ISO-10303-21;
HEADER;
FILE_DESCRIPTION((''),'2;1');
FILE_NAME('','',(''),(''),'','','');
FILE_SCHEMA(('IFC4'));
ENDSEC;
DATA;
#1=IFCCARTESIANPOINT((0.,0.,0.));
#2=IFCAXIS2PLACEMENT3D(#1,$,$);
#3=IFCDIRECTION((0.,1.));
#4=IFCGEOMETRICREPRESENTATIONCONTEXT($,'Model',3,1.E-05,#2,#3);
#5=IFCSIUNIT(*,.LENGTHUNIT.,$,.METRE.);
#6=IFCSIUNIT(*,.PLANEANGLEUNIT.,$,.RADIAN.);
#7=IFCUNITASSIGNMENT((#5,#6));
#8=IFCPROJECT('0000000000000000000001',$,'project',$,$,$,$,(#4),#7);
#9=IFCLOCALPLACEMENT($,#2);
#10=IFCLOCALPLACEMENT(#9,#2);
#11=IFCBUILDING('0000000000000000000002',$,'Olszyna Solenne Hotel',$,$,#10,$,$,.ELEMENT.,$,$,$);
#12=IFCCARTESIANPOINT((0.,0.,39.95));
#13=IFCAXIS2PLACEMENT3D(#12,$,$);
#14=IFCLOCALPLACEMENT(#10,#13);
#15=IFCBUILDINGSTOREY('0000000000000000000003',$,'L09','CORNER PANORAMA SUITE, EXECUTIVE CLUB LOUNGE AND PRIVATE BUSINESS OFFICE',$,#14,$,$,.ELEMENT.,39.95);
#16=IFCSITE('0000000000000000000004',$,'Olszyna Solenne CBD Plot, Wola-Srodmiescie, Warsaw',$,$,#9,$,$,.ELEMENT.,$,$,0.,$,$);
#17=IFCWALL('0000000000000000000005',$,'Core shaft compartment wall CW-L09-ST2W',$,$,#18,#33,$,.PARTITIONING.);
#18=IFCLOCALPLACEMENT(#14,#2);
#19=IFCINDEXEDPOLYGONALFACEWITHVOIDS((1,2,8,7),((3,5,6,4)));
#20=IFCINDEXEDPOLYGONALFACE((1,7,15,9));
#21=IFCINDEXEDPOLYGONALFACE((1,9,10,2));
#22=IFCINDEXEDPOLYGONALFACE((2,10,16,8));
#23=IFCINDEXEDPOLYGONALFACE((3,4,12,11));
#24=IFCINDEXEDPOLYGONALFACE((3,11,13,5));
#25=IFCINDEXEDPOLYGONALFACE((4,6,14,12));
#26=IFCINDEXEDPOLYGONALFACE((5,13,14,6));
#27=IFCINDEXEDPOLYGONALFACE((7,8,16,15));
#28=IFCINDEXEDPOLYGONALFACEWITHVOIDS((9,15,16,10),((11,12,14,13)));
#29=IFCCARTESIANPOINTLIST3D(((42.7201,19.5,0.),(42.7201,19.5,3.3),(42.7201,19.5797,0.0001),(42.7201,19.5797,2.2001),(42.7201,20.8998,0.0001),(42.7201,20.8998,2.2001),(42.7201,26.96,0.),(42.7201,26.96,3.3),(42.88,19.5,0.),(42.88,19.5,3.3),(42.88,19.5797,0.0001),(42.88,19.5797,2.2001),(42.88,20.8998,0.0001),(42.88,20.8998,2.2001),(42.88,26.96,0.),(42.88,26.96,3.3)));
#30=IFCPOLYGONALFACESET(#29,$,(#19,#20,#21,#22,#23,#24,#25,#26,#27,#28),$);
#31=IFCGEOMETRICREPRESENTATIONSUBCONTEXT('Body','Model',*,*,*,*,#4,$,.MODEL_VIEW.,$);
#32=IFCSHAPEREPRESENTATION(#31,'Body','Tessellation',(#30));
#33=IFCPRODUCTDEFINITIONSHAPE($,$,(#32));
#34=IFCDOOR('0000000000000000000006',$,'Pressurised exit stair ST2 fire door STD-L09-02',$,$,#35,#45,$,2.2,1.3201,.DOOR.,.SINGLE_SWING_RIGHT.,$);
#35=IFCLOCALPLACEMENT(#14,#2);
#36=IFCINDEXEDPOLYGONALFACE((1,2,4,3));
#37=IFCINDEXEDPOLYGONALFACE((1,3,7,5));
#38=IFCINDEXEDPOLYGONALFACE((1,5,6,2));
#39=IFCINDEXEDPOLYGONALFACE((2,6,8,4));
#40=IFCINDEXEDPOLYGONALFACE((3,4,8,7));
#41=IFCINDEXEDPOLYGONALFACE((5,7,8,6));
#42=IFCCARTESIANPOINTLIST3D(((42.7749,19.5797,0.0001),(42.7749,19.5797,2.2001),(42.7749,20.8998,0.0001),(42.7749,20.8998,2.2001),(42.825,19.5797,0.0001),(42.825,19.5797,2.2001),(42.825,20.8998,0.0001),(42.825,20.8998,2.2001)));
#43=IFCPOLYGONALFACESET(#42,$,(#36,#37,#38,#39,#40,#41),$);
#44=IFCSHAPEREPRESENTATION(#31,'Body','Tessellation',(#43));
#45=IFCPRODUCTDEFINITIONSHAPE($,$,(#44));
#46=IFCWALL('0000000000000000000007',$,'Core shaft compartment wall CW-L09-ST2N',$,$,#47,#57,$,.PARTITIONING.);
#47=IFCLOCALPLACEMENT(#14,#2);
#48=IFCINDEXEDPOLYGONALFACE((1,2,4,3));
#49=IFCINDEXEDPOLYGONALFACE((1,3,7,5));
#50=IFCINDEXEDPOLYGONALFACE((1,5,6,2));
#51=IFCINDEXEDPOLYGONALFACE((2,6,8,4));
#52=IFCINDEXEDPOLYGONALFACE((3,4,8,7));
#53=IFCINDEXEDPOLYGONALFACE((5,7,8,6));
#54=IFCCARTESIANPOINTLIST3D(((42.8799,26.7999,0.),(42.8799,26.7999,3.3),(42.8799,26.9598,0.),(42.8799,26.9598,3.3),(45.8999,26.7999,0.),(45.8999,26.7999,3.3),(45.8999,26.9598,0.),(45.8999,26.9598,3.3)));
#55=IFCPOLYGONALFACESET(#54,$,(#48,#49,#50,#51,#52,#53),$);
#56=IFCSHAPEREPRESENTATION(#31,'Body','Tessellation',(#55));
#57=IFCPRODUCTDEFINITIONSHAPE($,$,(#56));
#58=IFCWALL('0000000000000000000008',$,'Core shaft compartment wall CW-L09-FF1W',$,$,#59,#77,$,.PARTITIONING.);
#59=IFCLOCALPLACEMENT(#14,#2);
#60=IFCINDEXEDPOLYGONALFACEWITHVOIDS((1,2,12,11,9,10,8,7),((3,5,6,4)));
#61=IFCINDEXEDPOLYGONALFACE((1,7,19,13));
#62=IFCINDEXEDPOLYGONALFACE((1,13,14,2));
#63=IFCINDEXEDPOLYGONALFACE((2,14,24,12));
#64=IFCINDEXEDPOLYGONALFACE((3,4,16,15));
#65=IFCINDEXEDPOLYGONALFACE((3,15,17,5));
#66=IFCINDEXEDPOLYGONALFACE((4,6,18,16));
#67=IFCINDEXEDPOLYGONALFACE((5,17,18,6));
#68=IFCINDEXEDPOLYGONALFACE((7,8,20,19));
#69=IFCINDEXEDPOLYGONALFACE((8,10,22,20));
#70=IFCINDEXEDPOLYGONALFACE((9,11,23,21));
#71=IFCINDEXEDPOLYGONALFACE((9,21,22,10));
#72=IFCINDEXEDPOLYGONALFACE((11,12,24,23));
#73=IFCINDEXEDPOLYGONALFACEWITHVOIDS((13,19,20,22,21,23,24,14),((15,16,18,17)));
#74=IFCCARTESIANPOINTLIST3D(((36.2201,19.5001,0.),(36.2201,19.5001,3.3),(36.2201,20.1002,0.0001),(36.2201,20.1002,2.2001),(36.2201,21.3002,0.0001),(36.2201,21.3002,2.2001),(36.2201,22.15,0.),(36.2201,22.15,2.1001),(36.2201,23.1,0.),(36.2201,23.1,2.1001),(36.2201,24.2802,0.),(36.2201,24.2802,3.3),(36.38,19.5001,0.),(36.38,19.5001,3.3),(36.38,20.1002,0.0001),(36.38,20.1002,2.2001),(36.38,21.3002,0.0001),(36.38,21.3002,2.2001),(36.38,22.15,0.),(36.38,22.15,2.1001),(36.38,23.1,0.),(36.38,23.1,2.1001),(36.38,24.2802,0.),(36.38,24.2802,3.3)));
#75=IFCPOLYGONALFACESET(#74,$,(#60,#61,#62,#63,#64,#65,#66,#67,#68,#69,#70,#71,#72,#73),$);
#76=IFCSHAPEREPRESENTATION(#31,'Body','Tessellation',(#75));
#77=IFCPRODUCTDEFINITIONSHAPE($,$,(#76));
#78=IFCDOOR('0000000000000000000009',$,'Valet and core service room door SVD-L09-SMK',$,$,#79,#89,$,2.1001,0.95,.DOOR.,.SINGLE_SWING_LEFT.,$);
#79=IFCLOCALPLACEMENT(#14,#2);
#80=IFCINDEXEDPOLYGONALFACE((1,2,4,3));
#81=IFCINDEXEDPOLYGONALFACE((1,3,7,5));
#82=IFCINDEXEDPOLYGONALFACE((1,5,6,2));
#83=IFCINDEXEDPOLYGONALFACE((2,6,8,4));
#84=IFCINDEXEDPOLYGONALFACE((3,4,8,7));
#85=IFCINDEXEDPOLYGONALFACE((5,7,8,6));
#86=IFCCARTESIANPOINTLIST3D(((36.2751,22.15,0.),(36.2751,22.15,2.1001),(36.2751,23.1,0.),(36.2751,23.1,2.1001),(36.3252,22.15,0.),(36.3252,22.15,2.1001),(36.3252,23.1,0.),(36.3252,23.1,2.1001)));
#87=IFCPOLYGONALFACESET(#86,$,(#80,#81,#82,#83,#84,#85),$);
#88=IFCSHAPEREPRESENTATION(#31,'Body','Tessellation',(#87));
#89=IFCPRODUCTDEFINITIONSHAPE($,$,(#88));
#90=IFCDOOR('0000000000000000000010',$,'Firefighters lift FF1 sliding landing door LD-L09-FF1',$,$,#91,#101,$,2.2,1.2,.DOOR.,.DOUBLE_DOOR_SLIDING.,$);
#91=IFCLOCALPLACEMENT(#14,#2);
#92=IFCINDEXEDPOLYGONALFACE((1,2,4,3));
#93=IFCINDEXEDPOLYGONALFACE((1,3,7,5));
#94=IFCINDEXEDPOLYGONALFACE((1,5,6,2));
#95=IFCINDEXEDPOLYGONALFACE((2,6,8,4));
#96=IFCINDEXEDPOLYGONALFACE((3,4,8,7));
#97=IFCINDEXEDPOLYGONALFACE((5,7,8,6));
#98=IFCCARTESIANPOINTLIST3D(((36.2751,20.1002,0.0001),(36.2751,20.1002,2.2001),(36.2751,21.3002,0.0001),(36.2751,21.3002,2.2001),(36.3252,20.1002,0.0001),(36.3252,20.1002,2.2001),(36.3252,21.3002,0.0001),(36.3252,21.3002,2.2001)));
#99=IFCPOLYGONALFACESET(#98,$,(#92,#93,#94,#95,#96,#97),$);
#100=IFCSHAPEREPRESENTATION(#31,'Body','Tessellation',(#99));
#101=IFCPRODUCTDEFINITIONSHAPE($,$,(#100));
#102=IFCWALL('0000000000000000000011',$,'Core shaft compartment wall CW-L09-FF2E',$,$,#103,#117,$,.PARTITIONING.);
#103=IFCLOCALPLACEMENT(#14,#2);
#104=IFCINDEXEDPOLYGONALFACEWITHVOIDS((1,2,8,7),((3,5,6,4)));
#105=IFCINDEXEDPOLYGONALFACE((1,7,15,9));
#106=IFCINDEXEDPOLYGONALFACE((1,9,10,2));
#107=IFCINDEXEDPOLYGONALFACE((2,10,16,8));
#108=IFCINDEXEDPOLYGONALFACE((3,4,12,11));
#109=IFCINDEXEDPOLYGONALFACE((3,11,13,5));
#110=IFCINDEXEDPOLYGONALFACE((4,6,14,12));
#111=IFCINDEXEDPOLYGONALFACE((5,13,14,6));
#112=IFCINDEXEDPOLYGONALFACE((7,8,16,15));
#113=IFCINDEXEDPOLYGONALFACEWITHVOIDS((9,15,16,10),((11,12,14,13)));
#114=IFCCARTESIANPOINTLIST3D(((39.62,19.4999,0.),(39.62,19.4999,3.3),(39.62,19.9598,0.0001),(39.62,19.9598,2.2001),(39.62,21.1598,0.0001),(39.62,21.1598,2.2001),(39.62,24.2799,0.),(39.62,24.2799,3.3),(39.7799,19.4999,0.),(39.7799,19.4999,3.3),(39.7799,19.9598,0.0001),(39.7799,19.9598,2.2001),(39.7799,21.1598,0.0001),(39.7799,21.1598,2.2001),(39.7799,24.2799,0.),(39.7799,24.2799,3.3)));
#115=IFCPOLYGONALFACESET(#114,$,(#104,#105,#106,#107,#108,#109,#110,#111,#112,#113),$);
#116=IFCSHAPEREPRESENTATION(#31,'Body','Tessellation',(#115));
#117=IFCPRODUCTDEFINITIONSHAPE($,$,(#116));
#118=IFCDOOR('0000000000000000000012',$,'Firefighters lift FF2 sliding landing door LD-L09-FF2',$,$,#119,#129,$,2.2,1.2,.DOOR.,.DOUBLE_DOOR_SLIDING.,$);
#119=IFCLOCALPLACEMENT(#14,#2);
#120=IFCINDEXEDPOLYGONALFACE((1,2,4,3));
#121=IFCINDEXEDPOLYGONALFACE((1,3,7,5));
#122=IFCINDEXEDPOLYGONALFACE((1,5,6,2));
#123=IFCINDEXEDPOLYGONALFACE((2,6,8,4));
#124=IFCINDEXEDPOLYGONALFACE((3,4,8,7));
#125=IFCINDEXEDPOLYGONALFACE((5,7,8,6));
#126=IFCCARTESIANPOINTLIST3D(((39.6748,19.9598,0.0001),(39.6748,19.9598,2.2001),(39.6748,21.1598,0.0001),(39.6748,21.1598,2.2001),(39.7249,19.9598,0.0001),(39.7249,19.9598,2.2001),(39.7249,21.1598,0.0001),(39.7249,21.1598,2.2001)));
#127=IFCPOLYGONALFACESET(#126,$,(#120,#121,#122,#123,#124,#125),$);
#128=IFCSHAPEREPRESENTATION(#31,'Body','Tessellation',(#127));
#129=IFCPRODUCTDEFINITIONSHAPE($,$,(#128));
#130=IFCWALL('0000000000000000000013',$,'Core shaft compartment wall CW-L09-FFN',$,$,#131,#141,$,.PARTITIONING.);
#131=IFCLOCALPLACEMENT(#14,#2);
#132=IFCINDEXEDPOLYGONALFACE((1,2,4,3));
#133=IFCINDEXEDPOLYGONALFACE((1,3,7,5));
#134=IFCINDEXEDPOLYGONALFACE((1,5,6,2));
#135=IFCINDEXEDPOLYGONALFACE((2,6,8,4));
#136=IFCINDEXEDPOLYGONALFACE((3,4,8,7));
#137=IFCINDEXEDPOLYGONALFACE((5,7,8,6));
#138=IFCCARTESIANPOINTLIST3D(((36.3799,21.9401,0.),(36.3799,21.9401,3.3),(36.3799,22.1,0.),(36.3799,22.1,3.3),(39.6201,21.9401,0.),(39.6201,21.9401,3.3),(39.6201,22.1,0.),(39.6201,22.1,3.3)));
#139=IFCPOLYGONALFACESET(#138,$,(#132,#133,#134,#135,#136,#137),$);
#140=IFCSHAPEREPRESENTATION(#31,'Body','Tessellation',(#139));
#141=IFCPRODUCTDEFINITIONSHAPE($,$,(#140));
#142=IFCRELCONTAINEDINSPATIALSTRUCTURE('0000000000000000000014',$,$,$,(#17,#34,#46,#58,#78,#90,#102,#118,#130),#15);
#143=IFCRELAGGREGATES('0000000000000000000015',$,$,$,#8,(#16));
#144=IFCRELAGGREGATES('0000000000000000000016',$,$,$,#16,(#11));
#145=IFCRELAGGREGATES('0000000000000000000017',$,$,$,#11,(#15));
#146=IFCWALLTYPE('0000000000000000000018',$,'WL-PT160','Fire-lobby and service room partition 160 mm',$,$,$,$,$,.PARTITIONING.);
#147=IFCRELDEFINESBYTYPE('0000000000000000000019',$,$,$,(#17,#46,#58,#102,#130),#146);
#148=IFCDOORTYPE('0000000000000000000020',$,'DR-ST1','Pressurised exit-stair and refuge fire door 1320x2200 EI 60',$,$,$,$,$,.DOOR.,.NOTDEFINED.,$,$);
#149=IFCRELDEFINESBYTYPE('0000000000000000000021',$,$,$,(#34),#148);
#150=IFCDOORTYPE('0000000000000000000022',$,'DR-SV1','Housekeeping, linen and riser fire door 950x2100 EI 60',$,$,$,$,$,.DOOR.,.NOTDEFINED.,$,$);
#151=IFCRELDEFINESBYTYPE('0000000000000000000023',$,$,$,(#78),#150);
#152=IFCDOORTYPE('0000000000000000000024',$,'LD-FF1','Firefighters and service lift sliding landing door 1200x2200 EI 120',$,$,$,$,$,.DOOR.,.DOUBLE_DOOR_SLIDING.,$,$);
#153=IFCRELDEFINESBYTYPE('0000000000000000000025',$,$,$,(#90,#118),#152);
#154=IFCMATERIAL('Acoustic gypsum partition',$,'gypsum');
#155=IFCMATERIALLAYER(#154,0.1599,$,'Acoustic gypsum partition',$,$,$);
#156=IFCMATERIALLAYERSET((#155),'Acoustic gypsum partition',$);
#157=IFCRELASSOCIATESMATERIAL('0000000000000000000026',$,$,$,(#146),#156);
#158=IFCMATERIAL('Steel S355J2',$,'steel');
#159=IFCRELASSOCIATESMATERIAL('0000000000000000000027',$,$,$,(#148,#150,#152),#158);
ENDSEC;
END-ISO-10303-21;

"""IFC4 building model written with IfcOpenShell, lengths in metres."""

from ifc_helpers import new_model, si_unit, direction, frame, frame_2d, origin, place, context, subcontext, project, spatial, rectangle, extrude, source, transform, mapped, material, layer, layer_set, type_object, type_shapes, element, fill, save


model = new_model("IFC4")

# Units and contexts
model_context = context("Model", 3, precision=1e-05, world=origin(), true_north=direction((0.0, 1.0)))
body_context = subcontext(model_context, "Body", "Model", "MODEL_VIEW")
ifc_project = project(units=[si_unit("LENGTHUNIT", "METRE"), si_unit("PLANEANGLEUNIT", "RADIAN")], contexts=[model_context])

# Site, building, storey
site_placement = place(None, origin())
site = spatial("IfcSite", under=ifc_project, at=site_placement, Name="Olszyna Solenne CBD Plot, Wola-Srodmiescie, Warsaw", CompositionType="ELEMENT", RefElevation=0.0)
building_placement = place(site_placement, origin())
building = spatial("IfcBuilding", under=site, at=building_placement, Name="Olszyna Solenne Hotel", CompositionType="ELEMENT")
storey_placement = place(building_placement, frame((0.0, 0.0, 39.95)))
storey = spatial("IfcBuildingStorey", under=building, at=storey_placement, Name="L09", Description="CORNER PANORAMA SUITE, EXECUTIVE CLUB LOUNGE AND PRIVATE BUSINESS OFFICE", CompositionType="ELEMENT", Elevation=39.95)

# Shared definitions
ifc_material_1 = material(Name="Steel S355J2", Category="steel")

# Shared definitions
ifc_material_2 = material(Name="Acoustic gypsum partition", Category="gypsum")

# Wall, opening, door
ifc_layer_1 = layer(ifc_material_2, 0.1599, Name="Acoustic gypsum partition")
ifc_layer_set_1 = layer_set([ifc_layer_1], Name="Acoustic gypsum partition")
wall_type_1 = type_object("IfcWallType", Name="WL-PT160", Description="Fire-lobby and service room partition 160 mm", PredefinedType="PARTITIONING", material=ifc_layer_set_1)
wall_1_placement = place(storey_placement, frame((42.8, 26.96, 0.0), z_axis=(0.0, 0.0, 1.0), x_axis=(0.0, -1.0, 0.0)))
wall_1 = element("IfcWall", 1, at=wall_1_placement, inside=storey, type_object=wall_type_1, Name="Core shaft compartment wall CW-L09-ST2W", PredefinedType="PARTITIONING", context=body_context, shape_type="SweptSolid", body=[
    extrude(rectangle(XDim=7.46, YDim=0.1599, at=frame_2d((3.73, 0.0))), origin(), (0.0, 0.0, 1.0), 3.3),
])
opening_1_placement = place(wall_1_placement, frame((6.0601, 0.0, 0.0)))
opening_1 = element("IfcOpeningElement", 2, at=opening_1_placement, cuts=wall_1, PredefinedType="OPENING", context=body_context, shape_type="SweptSolid", body=[
    extrude(rectangle(XDim=1.3201, YDim=2.2, at=frame_2d((0.6602, 1.1001))), frame((0.0, 0.0898, 0.0), z_axis=(0.0, -1.0, 0.0), x_axis=(1.0, 0.0, 0.0)), (0.0, 0.0, 1.0), 0.1799),
])
door_type_1 = type_object("IfcDoorType", Name="DR-ST1", Description="Pressurised exit-stair and refuge fire door 1320x2200 EI 60", OperationType="NOTDEFINED", PredefinedType="DOOR", material=ifc_material_1)
shared_shape_1 = source(origin(), body_context, "Body", "SweptSolid", [
    extrude(rectangle(XDim=1.3201, YDim=2.2, at=frame_2d((0.6602, 1.1001))), frame((0.0, 0.0249, 0.0), z_axis=(0.0, -1.0, 0.0), x_axis=(1.0, 0.0, 0.0)), (0.0, 0.0, 1.0), 0.05),
])
type_shapes(door_type_1, [shared_shape_1])
door_1_placement = place(opening_1_placement, origin())
door_1 = element("IfcDoor", 3, at=door_1_placement, inside=storey, type_object=door_type_1, Name="Pressurised exit stair ST2 fire door STD-L09-02", OperationType="SINGLE_SWING_RIGHT", OverallHeight=2.2, OverallWidth=1.3201, PredefinedType="DOOR", context=body_context, shape_type="MappedRepresentation", body=[
    mapped(shared_shape_1, transform((0.0, 0.0, 0.0), x_axis=(1.0, 0.0, 0.0), y_axis=(0.0, 1.0, 0.0), z_axis=(0.0, 0.0, 1.0), scale=1.0)),
])
fill(opening_1, door_1)

# Wall
wall_2_placement = place(storey_placement, frame((42.8799, 26.8799, 0.0), z_axis=(0.0, 0.0, 1.0), x_axis=(1.0, 0.0, 0.0)))
element("IfcWall", 4, at=wall_2_placement, inside=storey, type_object=wall_type_1, Name="Core shaft compartment wall CW-L09-ST2N", PredefinedType="PARTITIONING", context=body_context, shape_type="SweptSolid", body=[
    extrude(rectangle(XDim=3.02, YDim=0.1599, at=frame_2d((1.51, 0.0))), origin(), (0.0, 0.0, 1.0), 3.3),
])

# Wall, openings, doors
wall_3_placement = place(storey_placement, frame((36.3, 19.5, 0.0), z_axis=(0.0, 0.0, 1.0), x_axis=(0.0, 1.0, 0.0)))
wall_3 = element("IfcWall", 5, at=wall_3_placement, inside=storey, type_object=wall_type_1, Name="Core shaft compartment wall CW-L09-FF1W", PredefinedType="PARTITIONING", context=body_context, shape_type="SweptSolid", body=[
    extrude(rectangle(XDim=4.78, YDim=0.1599, at=frame_2d((2.3901, 0.0))), origin(), (0.0, 0.0, 1.0), 3.3),
])
opening_2_placement = place(wall_3_placement, frame((0.6001, 0.0, 0.0)))
opening_2 = element("IfcOpeningElement", 6, at=opening_2_placement, cuts=wall_3, PredefinedType="OPENING", context=body_context, shape_type="SweptSolid", body=[
    extrude(rectangle(XDim=1.2, YDim=2.2, at=frame_2d((0.6001, 1.1001))), frame((0.0, 0.0898, 0.0), z_axis=(0.0, -1.0, 0.0), x_axis=(1.0, 0.0, 0.0)), (0.0, 0.0, 1.0), 0.1799),
])
opening_3_placement = place(wall_3_placement, frame((2.6499, 0.0, 0.0)))
opening_3 = element("IfcOpeningElement", 7, at=opening_3_placement, cuts=wall_3, PredefinedType="OPENING", context=body_context, shape_type="SweptSolid", body=[
    extrude(rectangle(XDim=0.95, YDim=2.1001, at=frame_2d((0.4751, 1.05))), frame((0.0, 0.0898, 0.0), z_axis=(0.0, -1.0, 0.0), x_axis=(1.0, 0.0, 0.0)), (0.0, 0.0, 1.0), 0.1799),
])
door_type_2 = type_object("IfcDoorType", Name="DR-SV1", Description="Housekeeping, linen and riser fire door 950x2100 EI 60", OperationType="NOTDEFINED", PredefinedType="DOOR", material=ifc_material_1)
shared_shape_2 = source(origin(), body_context, "Body", "SweptSolid", [
    extrude(rectangle(XDim=0.95, YDim=2.1001, at=frame_2d((0.4751, 1.05))), frame((0.0, 0.0249, 0.0), z_axis=(0.0, -1.0, 0.0), x_axis=(1.0, 0.0, 0.0)), (0.0, 0.0, 1.0), 0.05),
])
type_shapes(door_type_2, [shared_shape_2])
door_2_placement = place(opening_3_placement, origin())
door_2 = element("IfcDoor", 8, at=door_2_placement, inside=storey, type_object=door_type_2, Name="Valet and core service room door SVD-L09-SMK", OperationType="SINGLE_SWING_LEFT", OverallHeight=2.1001, OverallWidth=0.95, PredefinedType="DOOR", context=body_context, shape_type="MappedRepresentation", body=[
    mapped(shared_shape_2, transform((0.0, 0.0, 0.0), x_axis=(1.0, 0.0, 0.0), y_axis=(0.0, 1.0, 0.0), z_axis=(0.0, 0.0, 1.0), scale=1.0)),
])
fill(opening_3, door_2)
door_type_3 = type_object("IfcDoorType", Name="LD-FF1", Description="Firefighters and service lift sliding landing door 1200x2200 EI 120", OperationType="DOUBLE_DOOR_SLIDING", PredefinedType="DOOR", material=ifc_material_1)
shared_shape_3 = source(origin(), body_context, "Body", "SweptSolid", [
    extrude(rectangle(XDim=1.2, YDim=2.2, at=frame_2d((0.6001, 1.1001))), frame((0.0, 0.0249, 0.0), z_axis=(0.0, -1.0, 0.0), x_axis=(1.0, 0.0, 0.0)), (0.0, 0.0, 1.0), 0.05),
])
type_shapes(door_type_3, [shared_shape_3])
door_3_placement = place(opening_2_placement, origin())
door_3 = element("IfcDoor", 9, at=door_3_placement, inside=storey, type_object=door_type_3, Name="Firefighters lift FF1 sliding landing door LD-L09-FF1", OperationType="DOUBLE_DOOR_SLIDING", OverallHeight=2.2, OverallWidth=1.2, PredefinedType="DOOR", context=body_context, shape_type="MappedRepresentation", body=[
    mapped(shared_shape_3, transform((0.0, 0.0, 0.0), x_axis=(1.0, 0.0, 0.0), y_axis=(0.0, 1.0, 0.0), z_axis=(0.0, 0.0, 1.0), scale=1.0)),
])
fill(opening_2, door_3)

# Wall, opening, door
wall_4_placement = place(storey_placement, frame((39.7, 24.28, 0.0), z_axis=(0.0, 0.0, 1.0), x_axis=(0.0, -1.0, 0.0)))
wall_4 = element("IfcWall", 10, at=wall_4_placement, inside=storey, type_object=wall_type_1, Name="Core shaft compartment wall CW-L09-FF2E", PredefinedType="PARTITIONING", context=body_context, shape_type="SweptSolid", body=[
    extrude(rectangle(XDim=4.78, YDim=0.1599, at=frame_2d((2.3901, 0.0))), origin(), (0.0, 0.0, 1.0), 3.3),
])
opening_4_placement = place(wall_4_placement, frame((3.1201, 0.0, 0.0)))
opening_4 = element("IfcOpeningElement", 11, at=opening_4_placement, cuts=wall_4, PredefinedType="OPENING", context=body_context, shape_type="SweptSolid", body=[
    extrude(rectangle(XDim=1.2, YDim=2.2, at=frame_2d((0.6001, 1.1001))), frame((0.0, 0.0898, 0.0), z_axis=(0.0, -1.0, 0.0), x_axis=(1.0, 0.0, 0.0)), (0.0, 0.0, 1.0), 0.1799),
])
door_4_placement = place(opening_4_placement, origin())
door_4 = element("IfcDoor", 12, at=door_4_placement, inside=storey, type_object=door_type_3, Name="Firefighters lift FF2 sliding landing door LD-L09-FF2", OperationType="DOUBLE_DOOR_SLIDING", OverallHeight=2.2, OverallWidth=1.2, PredefinedType="DOOR", context=body_context, shape_type="MappedRepresentation", body=[
    mapped(shared_shape_3, transform((0.0, 0.0, 0.0), x_axis=(1.0, 0.0, 0.0), y_axis=(0.0, 1.0, 0.0), z_axis=(0.0, 0.0, 1.0), scale=1.0)),
])
fill(opening_4, door_4)

# Wall
wall_5_placement = place(storey_placement, frame((36.3799, 22.02, 0.0), z_axis=(0.0, 0.0, 1.0), x_axis=(1.0, 0.0, 0.0)))
element("IfcWall", 13, at=wall_5_placement, inside=storey, type_object=wall_type_1, Name="Core shaft compartment wall CW-L09-FFN", PredefinedType="PARTITIONING", context=body_context, shape_type="SweptSolid", body=[
    extrude(rectangle(XDim=3.2402, YDim=0.1599, at=frame_2d((1.6201, 0.0))), origin(), (0.0, 0.0, 1.0), 3.3),
])

save(model, "model.ifc")
